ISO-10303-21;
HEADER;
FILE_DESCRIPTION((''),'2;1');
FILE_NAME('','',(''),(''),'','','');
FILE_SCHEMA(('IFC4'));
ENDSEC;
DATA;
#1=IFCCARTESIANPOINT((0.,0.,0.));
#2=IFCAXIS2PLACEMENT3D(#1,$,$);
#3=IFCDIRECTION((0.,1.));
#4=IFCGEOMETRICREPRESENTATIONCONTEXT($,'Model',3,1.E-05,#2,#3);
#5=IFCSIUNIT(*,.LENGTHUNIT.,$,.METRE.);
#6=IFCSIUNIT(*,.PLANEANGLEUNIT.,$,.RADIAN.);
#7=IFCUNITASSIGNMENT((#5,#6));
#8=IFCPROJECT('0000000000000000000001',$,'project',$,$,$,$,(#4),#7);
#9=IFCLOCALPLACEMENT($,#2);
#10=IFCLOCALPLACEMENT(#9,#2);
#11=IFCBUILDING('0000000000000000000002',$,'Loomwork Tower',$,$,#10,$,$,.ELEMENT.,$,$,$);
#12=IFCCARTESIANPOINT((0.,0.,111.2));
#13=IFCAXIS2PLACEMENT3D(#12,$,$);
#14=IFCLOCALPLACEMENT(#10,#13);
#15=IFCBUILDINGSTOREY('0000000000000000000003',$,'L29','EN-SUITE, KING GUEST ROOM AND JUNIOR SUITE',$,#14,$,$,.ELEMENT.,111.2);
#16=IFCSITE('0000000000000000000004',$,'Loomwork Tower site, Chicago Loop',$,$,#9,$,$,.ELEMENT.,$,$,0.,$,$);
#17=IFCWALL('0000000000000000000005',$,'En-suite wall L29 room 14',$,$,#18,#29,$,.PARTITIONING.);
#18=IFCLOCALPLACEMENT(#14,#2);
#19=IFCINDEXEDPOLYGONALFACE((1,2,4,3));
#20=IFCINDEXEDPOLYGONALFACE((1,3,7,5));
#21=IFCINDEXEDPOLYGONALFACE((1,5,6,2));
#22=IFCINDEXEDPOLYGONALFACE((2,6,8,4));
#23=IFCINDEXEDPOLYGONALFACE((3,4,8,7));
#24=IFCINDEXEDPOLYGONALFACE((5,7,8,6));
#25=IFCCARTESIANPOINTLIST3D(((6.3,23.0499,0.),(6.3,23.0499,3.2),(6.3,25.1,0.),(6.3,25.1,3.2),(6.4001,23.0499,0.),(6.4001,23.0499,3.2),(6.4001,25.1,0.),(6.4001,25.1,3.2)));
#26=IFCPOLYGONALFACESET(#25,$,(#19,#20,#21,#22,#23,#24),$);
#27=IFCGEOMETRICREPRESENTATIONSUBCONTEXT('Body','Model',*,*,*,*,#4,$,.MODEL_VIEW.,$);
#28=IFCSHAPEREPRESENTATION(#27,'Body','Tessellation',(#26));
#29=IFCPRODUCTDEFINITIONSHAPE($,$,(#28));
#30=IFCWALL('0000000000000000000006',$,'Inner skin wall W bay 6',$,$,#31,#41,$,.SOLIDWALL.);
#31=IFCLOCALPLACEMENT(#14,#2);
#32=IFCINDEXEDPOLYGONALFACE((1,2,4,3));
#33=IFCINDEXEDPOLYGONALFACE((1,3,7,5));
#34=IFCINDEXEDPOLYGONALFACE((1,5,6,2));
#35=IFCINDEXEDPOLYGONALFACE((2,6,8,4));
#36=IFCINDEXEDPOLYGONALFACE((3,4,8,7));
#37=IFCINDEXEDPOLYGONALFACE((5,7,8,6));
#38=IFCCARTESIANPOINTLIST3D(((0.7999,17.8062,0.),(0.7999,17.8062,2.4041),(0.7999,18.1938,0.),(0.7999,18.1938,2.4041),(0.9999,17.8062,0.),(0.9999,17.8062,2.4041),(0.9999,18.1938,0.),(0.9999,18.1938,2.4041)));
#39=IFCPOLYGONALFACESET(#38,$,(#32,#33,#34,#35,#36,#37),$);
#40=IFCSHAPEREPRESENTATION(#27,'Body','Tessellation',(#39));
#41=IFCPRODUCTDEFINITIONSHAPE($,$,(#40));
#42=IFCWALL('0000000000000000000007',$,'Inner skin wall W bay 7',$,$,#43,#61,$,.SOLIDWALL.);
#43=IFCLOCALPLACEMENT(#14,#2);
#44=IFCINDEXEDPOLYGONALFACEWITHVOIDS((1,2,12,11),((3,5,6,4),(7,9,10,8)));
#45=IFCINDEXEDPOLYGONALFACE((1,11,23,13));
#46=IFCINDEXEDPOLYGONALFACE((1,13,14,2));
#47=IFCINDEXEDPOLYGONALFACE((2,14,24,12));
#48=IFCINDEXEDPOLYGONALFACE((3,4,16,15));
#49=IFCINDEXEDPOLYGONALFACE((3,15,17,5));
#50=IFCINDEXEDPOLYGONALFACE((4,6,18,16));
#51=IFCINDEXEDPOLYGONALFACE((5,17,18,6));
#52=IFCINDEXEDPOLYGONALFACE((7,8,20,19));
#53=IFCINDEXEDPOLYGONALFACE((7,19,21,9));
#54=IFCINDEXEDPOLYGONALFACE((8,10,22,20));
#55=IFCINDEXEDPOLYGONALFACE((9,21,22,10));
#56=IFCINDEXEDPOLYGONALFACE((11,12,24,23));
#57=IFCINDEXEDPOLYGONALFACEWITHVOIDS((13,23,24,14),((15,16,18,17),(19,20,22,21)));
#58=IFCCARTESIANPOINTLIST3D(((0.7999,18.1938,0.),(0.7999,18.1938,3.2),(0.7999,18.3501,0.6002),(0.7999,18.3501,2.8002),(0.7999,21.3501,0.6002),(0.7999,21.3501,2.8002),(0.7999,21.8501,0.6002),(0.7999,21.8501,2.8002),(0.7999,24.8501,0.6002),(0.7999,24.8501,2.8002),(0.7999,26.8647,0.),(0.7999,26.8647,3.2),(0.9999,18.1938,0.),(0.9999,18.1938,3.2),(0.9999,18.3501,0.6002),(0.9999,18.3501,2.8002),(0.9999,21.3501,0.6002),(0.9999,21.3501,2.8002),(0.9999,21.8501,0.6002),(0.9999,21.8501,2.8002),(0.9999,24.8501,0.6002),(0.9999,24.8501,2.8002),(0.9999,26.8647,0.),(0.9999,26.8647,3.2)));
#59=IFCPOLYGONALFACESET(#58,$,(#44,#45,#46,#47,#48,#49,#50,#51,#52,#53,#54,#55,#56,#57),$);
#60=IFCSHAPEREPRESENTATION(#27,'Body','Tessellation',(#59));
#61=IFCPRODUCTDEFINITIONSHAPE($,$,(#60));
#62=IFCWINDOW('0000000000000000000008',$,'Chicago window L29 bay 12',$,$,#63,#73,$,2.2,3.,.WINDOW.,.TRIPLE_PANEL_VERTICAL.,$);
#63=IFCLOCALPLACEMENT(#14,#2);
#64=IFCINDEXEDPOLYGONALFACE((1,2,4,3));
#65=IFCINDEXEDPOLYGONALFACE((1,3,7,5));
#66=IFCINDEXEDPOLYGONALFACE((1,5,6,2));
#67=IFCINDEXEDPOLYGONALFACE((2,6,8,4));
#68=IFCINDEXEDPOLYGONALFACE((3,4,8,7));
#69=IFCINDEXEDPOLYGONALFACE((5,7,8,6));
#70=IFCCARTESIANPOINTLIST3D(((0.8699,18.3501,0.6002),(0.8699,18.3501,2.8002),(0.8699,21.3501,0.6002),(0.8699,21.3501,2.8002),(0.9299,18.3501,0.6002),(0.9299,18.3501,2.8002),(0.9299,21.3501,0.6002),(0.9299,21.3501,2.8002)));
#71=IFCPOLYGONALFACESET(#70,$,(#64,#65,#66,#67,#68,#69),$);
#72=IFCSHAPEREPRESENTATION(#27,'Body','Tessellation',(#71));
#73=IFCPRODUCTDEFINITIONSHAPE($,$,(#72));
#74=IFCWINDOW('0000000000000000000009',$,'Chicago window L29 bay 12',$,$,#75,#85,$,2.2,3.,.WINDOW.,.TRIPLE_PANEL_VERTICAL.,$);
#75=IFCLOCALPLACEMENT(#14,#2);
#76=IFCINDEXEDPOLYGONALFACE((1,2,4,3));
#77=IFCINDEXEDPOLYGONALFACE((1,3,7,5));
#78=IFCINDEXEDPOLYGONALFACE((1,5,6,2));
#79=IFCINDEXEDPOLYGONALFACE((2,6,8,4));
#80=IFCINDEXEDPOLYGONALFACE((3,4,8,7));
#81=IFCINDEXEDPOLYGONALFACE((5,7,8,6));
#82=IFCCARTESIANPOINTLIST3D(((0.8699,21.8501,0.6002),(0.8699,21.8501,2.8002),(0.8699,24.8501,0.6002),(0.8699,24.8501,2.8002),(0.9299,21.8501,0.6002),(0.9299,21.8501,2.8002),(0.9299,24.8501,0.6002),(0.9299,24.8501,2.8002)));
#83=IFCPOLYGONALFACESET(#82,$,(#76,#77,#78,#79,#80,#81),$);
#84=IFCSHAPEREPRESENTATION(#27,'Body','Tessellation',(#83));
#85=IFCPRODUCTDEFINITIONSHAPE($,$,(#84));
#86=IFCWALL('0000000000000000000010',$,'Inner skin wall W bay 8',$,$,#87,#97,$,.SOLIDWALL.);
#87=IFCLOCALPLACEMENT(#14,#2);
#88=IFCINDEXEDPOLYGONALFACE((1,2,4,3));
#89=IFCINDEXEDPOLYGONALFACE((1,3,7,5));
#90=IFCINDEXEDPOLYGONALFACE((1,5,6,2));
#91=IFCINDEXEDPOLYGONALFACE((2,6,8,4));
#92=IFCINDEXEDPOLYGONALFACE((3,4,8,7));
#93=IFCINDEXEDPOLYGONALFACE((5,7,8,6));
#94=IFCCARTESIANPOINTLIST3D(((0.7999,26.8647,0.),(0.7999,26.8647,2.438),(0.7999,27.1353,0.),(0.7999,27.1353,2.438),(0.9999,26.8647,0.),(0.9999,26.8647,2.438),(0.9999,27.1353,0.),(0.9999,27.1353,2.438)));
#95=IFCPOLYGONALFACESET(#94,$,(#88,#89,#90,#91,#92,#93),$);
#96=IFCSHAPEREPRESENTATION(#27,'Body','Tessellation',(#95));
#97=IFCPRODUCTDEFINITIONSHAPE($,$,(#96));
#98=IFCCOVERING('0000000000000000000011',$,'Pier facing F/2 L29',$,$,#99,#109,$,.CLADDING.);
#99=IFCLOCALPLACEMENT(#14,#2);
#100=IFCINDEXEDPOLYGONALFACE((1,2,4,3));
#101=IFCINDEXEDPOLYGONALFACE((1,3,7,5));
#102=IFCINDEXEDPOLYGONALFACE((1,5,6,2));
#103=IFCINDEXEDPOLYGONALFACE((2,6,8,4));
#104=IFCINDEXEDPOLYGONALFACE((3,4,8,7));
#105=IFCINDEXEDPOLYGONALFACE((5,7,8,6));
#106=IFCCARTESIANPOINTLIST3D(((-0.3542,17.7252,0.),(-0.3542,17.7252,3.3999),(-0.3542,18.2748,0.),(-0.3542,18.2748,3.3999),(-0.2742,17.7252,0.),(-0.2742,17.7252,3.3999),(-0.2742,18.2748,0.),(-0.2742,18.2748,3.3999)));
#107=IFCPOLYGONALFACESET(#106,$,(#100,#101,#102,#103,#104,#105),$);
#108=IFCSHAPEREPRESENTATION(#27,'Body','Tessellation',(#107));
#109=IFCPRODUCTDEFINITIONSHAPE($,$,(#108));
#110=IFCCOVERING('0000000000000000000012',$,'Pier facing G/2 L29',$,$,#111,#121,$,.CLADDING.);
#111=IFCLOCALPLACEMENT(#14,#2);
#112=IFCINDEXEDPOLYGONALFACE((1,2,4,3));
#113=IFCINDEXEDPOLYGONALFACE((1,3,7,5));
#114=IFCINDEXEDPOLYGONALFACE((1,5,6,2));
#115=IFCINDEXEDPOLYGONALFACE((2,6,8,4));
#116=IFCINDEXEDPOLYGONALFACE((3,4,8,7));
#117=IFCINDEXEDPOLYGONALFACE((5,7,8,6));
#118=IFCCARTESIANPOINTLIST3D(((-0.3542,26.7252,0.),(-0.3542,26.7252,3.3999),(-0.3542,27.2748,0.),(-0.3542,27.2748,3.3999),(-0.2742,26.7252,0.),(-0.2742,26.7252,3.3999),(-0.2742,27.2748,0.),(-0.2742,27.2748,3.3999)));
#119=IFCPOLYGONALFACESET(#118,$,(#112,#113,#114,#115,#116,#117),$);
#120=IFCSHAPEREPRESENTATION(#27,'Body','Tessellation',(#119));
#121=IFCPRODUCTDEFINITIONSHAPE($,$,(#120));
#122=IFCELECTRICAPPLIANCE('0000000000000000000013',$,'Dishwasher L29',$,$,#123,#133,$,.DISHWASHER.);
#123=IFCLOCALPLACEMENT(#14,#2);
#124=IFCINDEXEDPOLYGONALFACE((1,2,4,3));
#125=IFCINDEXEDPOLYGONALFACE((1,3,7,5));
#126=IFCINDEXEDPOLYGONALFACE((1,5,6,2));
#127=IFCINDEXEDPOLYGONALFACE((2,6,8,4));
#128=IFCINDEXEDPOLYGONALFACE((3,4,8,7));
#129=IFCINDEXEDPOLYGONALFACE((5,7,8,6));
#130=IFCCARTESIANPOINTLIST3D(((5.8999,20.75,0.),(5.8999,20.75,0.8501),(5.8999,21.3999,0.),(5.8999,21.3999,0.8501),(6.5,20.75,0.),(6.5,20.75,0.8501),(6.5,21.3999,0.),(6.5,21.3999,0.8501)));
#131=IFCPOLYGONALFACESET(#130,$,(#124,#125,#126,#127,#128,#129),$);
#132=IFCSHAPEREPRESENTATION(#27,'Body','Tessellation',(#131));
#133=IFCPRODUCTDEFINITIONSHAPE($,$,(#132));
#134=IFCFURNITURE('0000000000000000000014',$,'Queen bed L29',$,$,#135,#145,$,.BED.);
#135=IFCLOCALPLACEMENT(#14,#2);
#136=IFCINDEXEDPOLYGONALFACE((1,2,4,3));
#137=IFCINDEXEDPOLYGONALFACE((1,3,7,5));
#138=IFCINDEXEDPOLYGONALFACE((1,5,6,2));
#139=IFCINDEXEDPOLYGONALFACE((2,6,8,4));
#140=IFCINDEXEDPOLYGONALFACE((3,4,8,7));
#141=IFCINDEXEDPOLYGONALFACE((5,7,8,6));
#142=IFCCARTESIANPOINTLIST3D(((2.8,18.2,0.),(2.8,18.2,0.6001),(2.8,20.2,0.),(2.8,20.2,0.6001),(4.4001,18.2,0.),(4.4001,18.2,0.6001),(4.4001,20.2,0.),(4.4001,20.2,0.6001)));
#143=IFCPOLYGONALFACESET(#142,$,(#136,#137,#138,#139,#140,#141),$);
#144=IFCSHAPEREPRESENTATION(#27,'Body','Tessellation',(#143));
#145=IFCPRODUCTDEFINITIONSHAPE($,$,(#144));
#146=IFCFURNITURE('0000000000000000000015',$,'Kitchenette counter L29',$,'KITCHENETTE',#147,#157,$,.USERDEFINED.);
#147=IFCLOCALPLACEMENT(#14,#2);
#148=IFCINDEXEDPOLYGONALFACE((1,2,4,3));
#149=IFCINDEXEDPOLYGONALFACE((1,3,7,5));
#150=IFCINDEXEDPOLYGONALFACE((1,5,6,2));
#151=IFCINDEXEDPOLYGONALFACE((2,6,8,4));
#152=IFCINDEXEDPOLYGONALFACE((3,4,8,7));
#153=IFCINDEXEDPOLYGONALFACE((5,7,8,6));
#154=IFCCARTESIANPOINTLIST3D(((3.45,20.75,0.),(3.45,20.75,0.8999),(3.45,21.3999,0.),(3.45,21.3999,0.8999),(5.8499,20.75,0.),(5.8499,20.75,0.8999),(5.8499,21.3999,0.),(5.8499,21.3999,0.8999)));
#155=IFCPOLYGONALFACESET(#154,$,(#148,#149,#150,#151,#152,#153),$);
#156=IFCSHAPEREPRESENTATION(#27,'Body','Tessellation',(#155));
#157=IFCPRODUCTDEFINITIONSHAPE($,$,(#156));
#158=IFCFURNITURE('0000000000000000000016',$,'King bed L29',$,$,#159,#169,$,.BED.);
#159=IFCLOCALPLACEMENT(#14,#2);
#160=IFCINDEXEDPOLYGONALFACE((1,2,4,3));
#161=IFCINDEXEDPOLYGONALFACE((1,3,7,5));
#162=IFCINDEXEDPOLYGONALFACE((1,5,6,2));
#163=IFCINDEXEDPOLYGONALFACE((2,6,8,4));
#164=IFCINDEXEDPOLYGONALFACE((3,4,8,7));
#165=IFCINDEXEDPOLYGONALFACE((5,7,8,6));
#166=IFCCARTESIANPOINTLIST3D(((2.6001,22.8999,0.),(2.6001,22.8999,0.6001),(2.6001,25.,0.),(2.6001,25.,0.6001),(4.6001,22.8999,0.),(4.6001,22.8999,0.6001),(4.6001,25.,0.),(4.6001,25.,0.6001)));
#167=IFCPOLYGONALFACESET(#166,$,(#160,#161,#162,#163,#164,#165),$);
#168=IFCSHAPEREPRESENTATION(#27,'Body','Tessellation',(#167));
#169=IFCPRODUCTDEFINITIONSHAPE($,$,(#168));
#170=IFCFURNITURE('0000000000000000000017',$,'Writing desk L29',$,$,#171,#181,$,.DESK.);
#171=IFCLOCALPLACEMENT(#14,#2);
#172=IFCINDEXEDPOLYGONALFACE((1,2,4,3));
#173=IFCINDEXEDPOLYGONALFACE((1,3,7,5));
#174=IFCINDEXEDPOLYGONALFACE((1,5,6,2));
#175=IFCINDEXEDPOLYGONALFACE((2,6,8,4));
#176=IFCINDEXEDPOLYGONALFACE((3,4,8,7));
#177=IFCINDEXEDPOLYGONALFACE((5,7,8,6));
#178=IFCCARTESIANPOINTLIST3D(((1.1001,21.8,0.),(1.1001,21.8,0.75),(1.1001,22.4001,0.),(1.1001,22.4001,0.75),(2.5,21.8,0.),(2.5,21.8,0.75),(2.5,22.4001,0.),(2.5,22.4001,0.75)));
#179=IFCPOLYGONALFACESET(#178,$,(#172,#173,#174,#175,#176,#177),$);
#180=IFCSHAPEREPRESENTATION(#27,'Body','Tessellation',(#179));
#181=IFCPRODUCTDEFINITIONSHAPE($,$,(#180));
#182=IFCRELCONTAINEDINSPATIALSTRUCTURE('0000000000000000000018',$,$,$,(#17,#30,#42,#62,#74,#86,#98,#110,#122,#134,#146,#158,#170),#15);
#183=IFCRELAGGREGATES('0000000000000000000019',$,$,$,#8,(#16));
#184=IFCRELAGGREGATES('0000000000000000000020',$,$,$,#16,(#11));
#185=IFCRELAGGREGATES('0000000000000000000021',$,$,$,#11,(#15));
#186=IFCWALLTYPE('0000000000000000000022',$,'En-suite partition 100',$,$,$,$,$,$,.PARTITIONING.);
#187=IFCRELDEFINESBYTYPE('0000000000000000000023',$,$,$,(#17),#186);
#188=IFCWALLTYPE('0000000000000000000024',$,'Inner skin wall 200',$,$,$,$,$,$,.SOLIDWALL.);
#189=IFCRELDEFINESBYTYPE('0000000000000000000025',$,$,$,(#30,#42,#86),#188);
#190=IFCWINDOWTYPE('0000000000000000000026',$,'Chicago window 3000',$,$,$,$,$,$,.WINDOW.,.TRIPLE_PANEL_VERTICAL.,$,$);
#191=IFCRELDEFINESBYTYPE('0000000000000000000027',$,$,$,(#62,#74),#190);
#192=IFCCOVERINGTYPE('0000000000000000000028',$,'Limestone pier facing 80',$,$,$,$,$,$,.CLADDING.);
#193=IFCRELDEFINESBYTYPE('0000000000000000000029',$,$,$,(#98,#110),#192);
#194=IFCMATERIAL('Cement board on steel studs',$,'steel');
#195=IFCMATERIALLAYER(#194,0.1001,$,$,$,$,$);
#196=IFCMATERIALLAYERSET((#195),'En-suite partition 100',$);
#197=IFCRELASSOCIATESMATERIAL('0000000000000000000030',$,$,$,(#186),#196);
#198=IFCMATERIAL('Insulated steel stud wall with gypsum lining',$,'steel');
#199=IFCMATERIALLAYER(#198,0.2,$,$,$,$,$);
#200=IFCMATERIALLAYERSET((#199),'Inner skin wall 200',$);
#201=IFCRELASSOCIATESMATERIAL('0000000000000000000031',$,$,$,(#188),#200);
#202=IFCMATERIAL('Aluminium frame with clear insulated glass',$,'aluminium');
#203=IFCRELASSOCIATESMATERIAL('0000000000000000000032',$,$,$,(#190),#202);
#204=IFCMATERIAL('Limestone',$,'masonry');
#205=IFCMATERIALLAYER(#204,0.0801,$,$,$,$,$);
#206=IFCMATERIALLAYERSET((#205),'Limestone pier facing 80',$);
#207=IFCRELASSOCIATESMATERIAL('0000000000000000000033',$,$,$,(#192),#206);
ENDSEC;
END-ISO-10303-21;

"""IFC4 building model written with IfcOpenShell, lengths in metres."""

from ifc_helpers import new_model, si_unit, direction, frame, frame_2d, origin, origin_2d, place, context, subcontext, project, spatial, rectangle, extrude, material, layer, layer_set, type_object, element, fill, save


model = new_model("IFC4")

# Units and contexts
model_context = context("Model", 3, precision=1e-05, world=origin(), true_north=direction((0.0, 1.0)))
body_context = subcontext(model_context, "Body", "Model", "MODEL_VIEW")
ifc_project = project(units=[si_unit("LENGTHUNIT", "METRE"), si_unit("PLANEANGLEUNIT", "RADIAN")], contexts=[model_context])

# Site, building, storey
site_placement = place(None, origin())
site = spatial("IfcSite", under=ifc_project, at=site_placement, Name="Loomwork Tower site, Chicago Loop", CompositionType="ELEMENT", RefElevation=0.0)
building_placement = place(site_placement, origin())
building = spatial("IfcBuilding", under=site, at=building_placement, Name="Loomwork Tower", CompositionType="ELEMENT")
storey_placement = place(building_placement, frame((0.0, 0.0, 111.2)))
storey = spatial("IfcBuildingStorey", under=building, at=storey_placement, Name="L29", Description="EN-SUITE, KING GUEST ROOM AND JUNIOR SUITE", CompositionType="ELEMENT", Elevation=111.2)

# Shared definitions
ifc_material_1 = material(Name="Cement board on steel studs", Category="steel")
ifc_layer_1 = layer(ifc_material_1, 0.1001)
ifc_layer_set_1 = layer_set([ifc_layer_1], Name="En-suite partition 100")
wall_type_1 = type_object("IfcWallType", Name="En-suite partition 100", PredefinedType="PARTITIONING", material=ifc_layer_set_1)

# Walls
wall_1_placement = place(storey_placement, frame((6.3501, 23.05, 0.0), z_axis=(0.0, 0.0, 1.0), x_axis=(0.0, 1.0, 0.0)))
element("IfcWall", 1, at=wall_1_placement, inside=storey, type_object=wall_type_1, Name="En-suite wall L29 room 14", PredefinedType="PARTITIONING", context=body_context, shape_type="SweptSolid", body=[
    extrude(rectangle(XDim=2.05, YDim=0.1001, at=frame_2d((1.0249, 0.0))), origin(), (0.0, 0.0, 1.0), 3.2),
])
ifc_material_2 = material(Name="Insulated steel stud wall with gypsum lining", Category="steel")
ifc_layer_2 = layer(ifc_material_2, 0.2)
ifc_layer_set_2 = layer_set([ifc_layer_2], Name="Inner skin wall 200")
wall_type_2 = type_object("IfcWallType", Name="Inner skin wall 200", PredefinedType="SOLIDWALL", material=ifc_layer_set_2)
wall_2_placement = place(storey_placement, frame((0.8999, 17.8062, 0.0), z_axis=(0.0, 0.0, 1.0), x_axis=(0.0, 1.0, 0.0)))
element("IfcWall", 2, at=wall_2_placement, inside=storey, type_object=wall_type_2, Name="Inner skin wall W bay 6", PredefinedType="SOLIDWALL", context=body_context, shape_type="SweptSolid", body=[
    extrude(rectangle(XDim=0.3877, YDim=0.2, at=frame_2d((0.1938, 0.0))), origin(), (0.0, 0.0, 1.0), 2.4041),
])

# Wall, openings, windows
wall_3_placement = place(storey_placement, frame((0.8999, 18.1938, 0.0), z_axis=(0.0, 0.0, 1.0), x_axis=(0.0, 1.0, 0.0)))
wall_3 = element("IfcWall", 3, at=wall_3_placement, inside=storey, type_object=wall_type_2, Name="Inner skin wall W bay 7", PredefinedType="SOLIDWALL", context=body_context, shape_type="SweptSolid", body=[
    extrude(rectangle(XDim=8.6709, YDim=0.2, at=frame_2d((4.3354, 0.0))), origin(), (0.0, 0.0, 1.0), 3.2),
])
opening_1_placement = place(wall_3_placement, frame((0.1562, 0.0, 0.6001)))
opening_1 = element("IfcOpeningElement", 4, at=opening_1_placement, cuts=wall_3, PredefinedType="OPENING", context=body_context, shape_type="SweptSolid", body=[
    extrude(rectangle(XDim=3.0, YDim=2.2, at=frame_2d((1.5, 1.1001))), frame((0.0, 0.1099, 0.0), z_axis=(0.0, -1.0, 0.0), x_axis=(1.0, 0.0, 0.0)), (0.0, 0.0, 1.0), 0.22),
])
opening_2_placement = place(wall_3_placement, frame((3.6562, 0.0, 0.6001)))
opening_2 = element("IfcOpeningElement", 5, at=opening_2_placement, cuts=wall_3, PredefinedType="OPENING", context=body_context, shape_type="SweptSolid", body=[
    extrude(rectangle(XDim=3.0, YDim=2.2, at=frame_2d((1.5, 1.1001))), frame((0.0, 0.1099, 0.0), z_axis=(0.0, -1.0, 0.0), x_axis=(1.0, 0.0, 0.0)), (0.0, 0.0, 1.0), 0.22),
])
ifc_material_3 = material(Name="Aluminium frame with clear insulated glass", Category="aluminium")
window_type = type_object("IfcWindowType", Name="Chicago window 3000", PartitioningType="TRIPLE_PANEL_VERTICAL", PredefinedType="WINDOW", material=ifc_material_3)
window_1_placement = place(opening_1_placement, origin())
window_1 = element("IfcWindow", 6, at=window_1_placement, inside=storey, type_object=window_type, Name="Chicago window L29 bay 12", OverallHeight=2.2, OverallWidth=3.0, PartitioningType="TRIPLE_PANEL_VERTICAL", PredefinedType="WINDOW", context=body_context, shape_type="SweptSolid", body=[
    extrude(rectangle(XDim=3.0, YDim=2.2, at=frame_2d((1.5, 1.1001))), frame((0.0, 0.03, 0.0), z_axis=(0.0, -1.0, 0.0), x_axis=(1.0, 0.0, 0.0)), (0.0, 0.0, 1.0), 0.0601),
])
fill(opening_1, window_1)
window_2_placement = place(opening_2_placement, origin())
window_2 = element("IfcWindow", 7, at=window_2_placement, inside=storey, type_object=window_type, Name="Chicago window L29 bay 12", OverallHeight=2.2, OverallWidth=3.0, PartitioningType="TRIPLE_PANEL_VERTICAL", PredefinedType="WINDOW", context=body_context, shape_type="SweptSolid", body=[
    extrude(rectangle(XDim=3.0, YDim=2.2, at=frame_2d((1.5, 1.1001))), frame((0.0, 0.03, 0.0), z_axis=(0.0, -1.0, 0.0), x_axis=(1.0, 0.0, 0.0)), (0.0, 0.0, 1.0), 0.0601),
])
fill(opening_2, window_2)

# Wall
wall_4_placement = place(storey_placement, frame((0.8999, 26.8647, 0.0), z_axis=(0.0, 0.0, 1.0), x_axis=(0.0, 1.0, 0.0)))
element("IfcWall", 8, at=wall_4_placement, inside=storey, type_object=wall_type_2, Name="Inner skin wall W bay 8", PredefinedType="SOLIDWALL", context=body_context, shape_type="SweptSolid", body=[
    extrude(rectangle(XDim=0.2705, YDim=0.2, at=frame_2d((0.1353, 0.0))), origin(), (0.0, 0.0, 1.0), 2.438),
])

# Coverings
ifc_material_4 = material(Name="Limestone", Category="masonry")
ifc_layer_3 = layer(ifc_material_4, 0.0801)
ifc_layer_set_3 = layer_set([ifc_layer_3], Name="Limestone pier facing 80")
covering_type = type_object("IfcCoveringType", Name="Limestone pier facing 80", PredefinedType="CLADDING", material=ifc_layer_set_3)
for number, where, z_axis, x_axis, name in (
    (9, (-0.3142, 18.0, 0.0), (0.0, 0.0, 1.0), (1.0, 0.0, 0.0), "Pier facing F/2 L29"),
    (10, (-0.3142, 27.0, 0.0), (0.0, 0.0, 1.0), (1.0, 0.0, 0.0), "Pier facing G/2 L29"),
):
    element("IfcCovering", number, at=place(storey_placement, frame(where, z_axis=z_axis, x_axis=x_axis)), inside=storey, type_object=covering_type, Name=name, PredefinedType="CLADDING", context=body_context, shape_type="SweptSolid", body=[
        extrude(rectangle(XDim=0.0801, YDim=0.5496, at=origin_2d()), origin(), (0.0, 0.0, 1.0), 3.3999),
    ])

# Electric appliance
electric_appliance_placement = place(storey_placement, frame((6.2, 21.075, 0.0), z_axis=(0.0, 0.0, 1.0), x_axis=(1.0, 0.0, 0.0)))
element("IfcElectricAppliance", 11, at=electric_appliance_placement, inside=storey, Name="Dishwasher L29", PredefinedType="DISHWASHER", context=body_context, shape_type="SweptSolid", body=[
    extrude(rectangle(XDim=0.6001, YDim=0.6499, at=origin_2d()), origin(), (0.0, 0.0, 1.0), 0.8501),
])

# Furniture
furniture_1_placement = place(storey_placement, frame((3.6001, 19.2, 0.0), z_axis=(0.0, 0.0, 1.0), x_axis=(1.0, 0.0, 0.0)))
element("IfcFurniture", 12, at=furniture_1_placement, inside=storey, Name="Queen bed L29", PredefinedType="BED", context=body_context, shape_type="SweptSolid", body=[
    extrude(rectangle(XDim=1.6001, YDim=2.0, at=origin_2d()), origin(), (0.0, 0.0, 1.0), 0.6001),
])
furniture_2_placement = place(storey_placement, frame((4.6499, 21.075, 0.0), z_axis=(0.0, 0.0, 1.0), x_axis=(1.0, 0.0, 0.0)))
element("IfcFurniture", 13, at=furniture_2_placement, inside=storey, Name="Kitchenette counter L29", ObjectType="KITCHENETTE", PredefinedType="USERDEFINED", context=body_context, shape_type="SweptSolid", body=[
    extrude(rectangle(XDim=2.3999, YDim=0.6499, at=origin_2d()), origin(), (0.0, 0.0, 1.0), 0.8999),
])
furniture_3_placement = place(storey_placement, frame((3.6001, 23.95, 0.0), z_axis=(0.0, 0.0, 1.0), x_axis=(1.0, 0.0, 0.0)))
element("IfcFurniture", 14, at=furniture_3_placement, inside=storey, Name="King bed L29", PredefinedType="BED", context=body_context, shape_type="SweptSolid", body=[
    extrude(rectangle(XDim=2.0, YDim=2.1001, at=origin_2d()), origin(), (0.0, 0.0, 1.0), 0.6001),
])
furniture_4_placement = place(storey_placement, frame((1.8, 22.1001, 0.0), z_axis=(0.0, 0.0, 1.0), x_axis=(1.0, 0.0, 0.0)))
element("IfcFurniture", 15, at=furniture_4_placement, inside=storey, Name="Writing desk L29", PredefinedType="DESK", context=body_context, shape_type="SweptSolid", body=[
    extrude(rectangle(XDim=1.3999, YDim=0.6001, at=origin_2d()), origin(), (0.0, 0.0, 1.0), 0.75),
])

save(model, "model.ifc")
